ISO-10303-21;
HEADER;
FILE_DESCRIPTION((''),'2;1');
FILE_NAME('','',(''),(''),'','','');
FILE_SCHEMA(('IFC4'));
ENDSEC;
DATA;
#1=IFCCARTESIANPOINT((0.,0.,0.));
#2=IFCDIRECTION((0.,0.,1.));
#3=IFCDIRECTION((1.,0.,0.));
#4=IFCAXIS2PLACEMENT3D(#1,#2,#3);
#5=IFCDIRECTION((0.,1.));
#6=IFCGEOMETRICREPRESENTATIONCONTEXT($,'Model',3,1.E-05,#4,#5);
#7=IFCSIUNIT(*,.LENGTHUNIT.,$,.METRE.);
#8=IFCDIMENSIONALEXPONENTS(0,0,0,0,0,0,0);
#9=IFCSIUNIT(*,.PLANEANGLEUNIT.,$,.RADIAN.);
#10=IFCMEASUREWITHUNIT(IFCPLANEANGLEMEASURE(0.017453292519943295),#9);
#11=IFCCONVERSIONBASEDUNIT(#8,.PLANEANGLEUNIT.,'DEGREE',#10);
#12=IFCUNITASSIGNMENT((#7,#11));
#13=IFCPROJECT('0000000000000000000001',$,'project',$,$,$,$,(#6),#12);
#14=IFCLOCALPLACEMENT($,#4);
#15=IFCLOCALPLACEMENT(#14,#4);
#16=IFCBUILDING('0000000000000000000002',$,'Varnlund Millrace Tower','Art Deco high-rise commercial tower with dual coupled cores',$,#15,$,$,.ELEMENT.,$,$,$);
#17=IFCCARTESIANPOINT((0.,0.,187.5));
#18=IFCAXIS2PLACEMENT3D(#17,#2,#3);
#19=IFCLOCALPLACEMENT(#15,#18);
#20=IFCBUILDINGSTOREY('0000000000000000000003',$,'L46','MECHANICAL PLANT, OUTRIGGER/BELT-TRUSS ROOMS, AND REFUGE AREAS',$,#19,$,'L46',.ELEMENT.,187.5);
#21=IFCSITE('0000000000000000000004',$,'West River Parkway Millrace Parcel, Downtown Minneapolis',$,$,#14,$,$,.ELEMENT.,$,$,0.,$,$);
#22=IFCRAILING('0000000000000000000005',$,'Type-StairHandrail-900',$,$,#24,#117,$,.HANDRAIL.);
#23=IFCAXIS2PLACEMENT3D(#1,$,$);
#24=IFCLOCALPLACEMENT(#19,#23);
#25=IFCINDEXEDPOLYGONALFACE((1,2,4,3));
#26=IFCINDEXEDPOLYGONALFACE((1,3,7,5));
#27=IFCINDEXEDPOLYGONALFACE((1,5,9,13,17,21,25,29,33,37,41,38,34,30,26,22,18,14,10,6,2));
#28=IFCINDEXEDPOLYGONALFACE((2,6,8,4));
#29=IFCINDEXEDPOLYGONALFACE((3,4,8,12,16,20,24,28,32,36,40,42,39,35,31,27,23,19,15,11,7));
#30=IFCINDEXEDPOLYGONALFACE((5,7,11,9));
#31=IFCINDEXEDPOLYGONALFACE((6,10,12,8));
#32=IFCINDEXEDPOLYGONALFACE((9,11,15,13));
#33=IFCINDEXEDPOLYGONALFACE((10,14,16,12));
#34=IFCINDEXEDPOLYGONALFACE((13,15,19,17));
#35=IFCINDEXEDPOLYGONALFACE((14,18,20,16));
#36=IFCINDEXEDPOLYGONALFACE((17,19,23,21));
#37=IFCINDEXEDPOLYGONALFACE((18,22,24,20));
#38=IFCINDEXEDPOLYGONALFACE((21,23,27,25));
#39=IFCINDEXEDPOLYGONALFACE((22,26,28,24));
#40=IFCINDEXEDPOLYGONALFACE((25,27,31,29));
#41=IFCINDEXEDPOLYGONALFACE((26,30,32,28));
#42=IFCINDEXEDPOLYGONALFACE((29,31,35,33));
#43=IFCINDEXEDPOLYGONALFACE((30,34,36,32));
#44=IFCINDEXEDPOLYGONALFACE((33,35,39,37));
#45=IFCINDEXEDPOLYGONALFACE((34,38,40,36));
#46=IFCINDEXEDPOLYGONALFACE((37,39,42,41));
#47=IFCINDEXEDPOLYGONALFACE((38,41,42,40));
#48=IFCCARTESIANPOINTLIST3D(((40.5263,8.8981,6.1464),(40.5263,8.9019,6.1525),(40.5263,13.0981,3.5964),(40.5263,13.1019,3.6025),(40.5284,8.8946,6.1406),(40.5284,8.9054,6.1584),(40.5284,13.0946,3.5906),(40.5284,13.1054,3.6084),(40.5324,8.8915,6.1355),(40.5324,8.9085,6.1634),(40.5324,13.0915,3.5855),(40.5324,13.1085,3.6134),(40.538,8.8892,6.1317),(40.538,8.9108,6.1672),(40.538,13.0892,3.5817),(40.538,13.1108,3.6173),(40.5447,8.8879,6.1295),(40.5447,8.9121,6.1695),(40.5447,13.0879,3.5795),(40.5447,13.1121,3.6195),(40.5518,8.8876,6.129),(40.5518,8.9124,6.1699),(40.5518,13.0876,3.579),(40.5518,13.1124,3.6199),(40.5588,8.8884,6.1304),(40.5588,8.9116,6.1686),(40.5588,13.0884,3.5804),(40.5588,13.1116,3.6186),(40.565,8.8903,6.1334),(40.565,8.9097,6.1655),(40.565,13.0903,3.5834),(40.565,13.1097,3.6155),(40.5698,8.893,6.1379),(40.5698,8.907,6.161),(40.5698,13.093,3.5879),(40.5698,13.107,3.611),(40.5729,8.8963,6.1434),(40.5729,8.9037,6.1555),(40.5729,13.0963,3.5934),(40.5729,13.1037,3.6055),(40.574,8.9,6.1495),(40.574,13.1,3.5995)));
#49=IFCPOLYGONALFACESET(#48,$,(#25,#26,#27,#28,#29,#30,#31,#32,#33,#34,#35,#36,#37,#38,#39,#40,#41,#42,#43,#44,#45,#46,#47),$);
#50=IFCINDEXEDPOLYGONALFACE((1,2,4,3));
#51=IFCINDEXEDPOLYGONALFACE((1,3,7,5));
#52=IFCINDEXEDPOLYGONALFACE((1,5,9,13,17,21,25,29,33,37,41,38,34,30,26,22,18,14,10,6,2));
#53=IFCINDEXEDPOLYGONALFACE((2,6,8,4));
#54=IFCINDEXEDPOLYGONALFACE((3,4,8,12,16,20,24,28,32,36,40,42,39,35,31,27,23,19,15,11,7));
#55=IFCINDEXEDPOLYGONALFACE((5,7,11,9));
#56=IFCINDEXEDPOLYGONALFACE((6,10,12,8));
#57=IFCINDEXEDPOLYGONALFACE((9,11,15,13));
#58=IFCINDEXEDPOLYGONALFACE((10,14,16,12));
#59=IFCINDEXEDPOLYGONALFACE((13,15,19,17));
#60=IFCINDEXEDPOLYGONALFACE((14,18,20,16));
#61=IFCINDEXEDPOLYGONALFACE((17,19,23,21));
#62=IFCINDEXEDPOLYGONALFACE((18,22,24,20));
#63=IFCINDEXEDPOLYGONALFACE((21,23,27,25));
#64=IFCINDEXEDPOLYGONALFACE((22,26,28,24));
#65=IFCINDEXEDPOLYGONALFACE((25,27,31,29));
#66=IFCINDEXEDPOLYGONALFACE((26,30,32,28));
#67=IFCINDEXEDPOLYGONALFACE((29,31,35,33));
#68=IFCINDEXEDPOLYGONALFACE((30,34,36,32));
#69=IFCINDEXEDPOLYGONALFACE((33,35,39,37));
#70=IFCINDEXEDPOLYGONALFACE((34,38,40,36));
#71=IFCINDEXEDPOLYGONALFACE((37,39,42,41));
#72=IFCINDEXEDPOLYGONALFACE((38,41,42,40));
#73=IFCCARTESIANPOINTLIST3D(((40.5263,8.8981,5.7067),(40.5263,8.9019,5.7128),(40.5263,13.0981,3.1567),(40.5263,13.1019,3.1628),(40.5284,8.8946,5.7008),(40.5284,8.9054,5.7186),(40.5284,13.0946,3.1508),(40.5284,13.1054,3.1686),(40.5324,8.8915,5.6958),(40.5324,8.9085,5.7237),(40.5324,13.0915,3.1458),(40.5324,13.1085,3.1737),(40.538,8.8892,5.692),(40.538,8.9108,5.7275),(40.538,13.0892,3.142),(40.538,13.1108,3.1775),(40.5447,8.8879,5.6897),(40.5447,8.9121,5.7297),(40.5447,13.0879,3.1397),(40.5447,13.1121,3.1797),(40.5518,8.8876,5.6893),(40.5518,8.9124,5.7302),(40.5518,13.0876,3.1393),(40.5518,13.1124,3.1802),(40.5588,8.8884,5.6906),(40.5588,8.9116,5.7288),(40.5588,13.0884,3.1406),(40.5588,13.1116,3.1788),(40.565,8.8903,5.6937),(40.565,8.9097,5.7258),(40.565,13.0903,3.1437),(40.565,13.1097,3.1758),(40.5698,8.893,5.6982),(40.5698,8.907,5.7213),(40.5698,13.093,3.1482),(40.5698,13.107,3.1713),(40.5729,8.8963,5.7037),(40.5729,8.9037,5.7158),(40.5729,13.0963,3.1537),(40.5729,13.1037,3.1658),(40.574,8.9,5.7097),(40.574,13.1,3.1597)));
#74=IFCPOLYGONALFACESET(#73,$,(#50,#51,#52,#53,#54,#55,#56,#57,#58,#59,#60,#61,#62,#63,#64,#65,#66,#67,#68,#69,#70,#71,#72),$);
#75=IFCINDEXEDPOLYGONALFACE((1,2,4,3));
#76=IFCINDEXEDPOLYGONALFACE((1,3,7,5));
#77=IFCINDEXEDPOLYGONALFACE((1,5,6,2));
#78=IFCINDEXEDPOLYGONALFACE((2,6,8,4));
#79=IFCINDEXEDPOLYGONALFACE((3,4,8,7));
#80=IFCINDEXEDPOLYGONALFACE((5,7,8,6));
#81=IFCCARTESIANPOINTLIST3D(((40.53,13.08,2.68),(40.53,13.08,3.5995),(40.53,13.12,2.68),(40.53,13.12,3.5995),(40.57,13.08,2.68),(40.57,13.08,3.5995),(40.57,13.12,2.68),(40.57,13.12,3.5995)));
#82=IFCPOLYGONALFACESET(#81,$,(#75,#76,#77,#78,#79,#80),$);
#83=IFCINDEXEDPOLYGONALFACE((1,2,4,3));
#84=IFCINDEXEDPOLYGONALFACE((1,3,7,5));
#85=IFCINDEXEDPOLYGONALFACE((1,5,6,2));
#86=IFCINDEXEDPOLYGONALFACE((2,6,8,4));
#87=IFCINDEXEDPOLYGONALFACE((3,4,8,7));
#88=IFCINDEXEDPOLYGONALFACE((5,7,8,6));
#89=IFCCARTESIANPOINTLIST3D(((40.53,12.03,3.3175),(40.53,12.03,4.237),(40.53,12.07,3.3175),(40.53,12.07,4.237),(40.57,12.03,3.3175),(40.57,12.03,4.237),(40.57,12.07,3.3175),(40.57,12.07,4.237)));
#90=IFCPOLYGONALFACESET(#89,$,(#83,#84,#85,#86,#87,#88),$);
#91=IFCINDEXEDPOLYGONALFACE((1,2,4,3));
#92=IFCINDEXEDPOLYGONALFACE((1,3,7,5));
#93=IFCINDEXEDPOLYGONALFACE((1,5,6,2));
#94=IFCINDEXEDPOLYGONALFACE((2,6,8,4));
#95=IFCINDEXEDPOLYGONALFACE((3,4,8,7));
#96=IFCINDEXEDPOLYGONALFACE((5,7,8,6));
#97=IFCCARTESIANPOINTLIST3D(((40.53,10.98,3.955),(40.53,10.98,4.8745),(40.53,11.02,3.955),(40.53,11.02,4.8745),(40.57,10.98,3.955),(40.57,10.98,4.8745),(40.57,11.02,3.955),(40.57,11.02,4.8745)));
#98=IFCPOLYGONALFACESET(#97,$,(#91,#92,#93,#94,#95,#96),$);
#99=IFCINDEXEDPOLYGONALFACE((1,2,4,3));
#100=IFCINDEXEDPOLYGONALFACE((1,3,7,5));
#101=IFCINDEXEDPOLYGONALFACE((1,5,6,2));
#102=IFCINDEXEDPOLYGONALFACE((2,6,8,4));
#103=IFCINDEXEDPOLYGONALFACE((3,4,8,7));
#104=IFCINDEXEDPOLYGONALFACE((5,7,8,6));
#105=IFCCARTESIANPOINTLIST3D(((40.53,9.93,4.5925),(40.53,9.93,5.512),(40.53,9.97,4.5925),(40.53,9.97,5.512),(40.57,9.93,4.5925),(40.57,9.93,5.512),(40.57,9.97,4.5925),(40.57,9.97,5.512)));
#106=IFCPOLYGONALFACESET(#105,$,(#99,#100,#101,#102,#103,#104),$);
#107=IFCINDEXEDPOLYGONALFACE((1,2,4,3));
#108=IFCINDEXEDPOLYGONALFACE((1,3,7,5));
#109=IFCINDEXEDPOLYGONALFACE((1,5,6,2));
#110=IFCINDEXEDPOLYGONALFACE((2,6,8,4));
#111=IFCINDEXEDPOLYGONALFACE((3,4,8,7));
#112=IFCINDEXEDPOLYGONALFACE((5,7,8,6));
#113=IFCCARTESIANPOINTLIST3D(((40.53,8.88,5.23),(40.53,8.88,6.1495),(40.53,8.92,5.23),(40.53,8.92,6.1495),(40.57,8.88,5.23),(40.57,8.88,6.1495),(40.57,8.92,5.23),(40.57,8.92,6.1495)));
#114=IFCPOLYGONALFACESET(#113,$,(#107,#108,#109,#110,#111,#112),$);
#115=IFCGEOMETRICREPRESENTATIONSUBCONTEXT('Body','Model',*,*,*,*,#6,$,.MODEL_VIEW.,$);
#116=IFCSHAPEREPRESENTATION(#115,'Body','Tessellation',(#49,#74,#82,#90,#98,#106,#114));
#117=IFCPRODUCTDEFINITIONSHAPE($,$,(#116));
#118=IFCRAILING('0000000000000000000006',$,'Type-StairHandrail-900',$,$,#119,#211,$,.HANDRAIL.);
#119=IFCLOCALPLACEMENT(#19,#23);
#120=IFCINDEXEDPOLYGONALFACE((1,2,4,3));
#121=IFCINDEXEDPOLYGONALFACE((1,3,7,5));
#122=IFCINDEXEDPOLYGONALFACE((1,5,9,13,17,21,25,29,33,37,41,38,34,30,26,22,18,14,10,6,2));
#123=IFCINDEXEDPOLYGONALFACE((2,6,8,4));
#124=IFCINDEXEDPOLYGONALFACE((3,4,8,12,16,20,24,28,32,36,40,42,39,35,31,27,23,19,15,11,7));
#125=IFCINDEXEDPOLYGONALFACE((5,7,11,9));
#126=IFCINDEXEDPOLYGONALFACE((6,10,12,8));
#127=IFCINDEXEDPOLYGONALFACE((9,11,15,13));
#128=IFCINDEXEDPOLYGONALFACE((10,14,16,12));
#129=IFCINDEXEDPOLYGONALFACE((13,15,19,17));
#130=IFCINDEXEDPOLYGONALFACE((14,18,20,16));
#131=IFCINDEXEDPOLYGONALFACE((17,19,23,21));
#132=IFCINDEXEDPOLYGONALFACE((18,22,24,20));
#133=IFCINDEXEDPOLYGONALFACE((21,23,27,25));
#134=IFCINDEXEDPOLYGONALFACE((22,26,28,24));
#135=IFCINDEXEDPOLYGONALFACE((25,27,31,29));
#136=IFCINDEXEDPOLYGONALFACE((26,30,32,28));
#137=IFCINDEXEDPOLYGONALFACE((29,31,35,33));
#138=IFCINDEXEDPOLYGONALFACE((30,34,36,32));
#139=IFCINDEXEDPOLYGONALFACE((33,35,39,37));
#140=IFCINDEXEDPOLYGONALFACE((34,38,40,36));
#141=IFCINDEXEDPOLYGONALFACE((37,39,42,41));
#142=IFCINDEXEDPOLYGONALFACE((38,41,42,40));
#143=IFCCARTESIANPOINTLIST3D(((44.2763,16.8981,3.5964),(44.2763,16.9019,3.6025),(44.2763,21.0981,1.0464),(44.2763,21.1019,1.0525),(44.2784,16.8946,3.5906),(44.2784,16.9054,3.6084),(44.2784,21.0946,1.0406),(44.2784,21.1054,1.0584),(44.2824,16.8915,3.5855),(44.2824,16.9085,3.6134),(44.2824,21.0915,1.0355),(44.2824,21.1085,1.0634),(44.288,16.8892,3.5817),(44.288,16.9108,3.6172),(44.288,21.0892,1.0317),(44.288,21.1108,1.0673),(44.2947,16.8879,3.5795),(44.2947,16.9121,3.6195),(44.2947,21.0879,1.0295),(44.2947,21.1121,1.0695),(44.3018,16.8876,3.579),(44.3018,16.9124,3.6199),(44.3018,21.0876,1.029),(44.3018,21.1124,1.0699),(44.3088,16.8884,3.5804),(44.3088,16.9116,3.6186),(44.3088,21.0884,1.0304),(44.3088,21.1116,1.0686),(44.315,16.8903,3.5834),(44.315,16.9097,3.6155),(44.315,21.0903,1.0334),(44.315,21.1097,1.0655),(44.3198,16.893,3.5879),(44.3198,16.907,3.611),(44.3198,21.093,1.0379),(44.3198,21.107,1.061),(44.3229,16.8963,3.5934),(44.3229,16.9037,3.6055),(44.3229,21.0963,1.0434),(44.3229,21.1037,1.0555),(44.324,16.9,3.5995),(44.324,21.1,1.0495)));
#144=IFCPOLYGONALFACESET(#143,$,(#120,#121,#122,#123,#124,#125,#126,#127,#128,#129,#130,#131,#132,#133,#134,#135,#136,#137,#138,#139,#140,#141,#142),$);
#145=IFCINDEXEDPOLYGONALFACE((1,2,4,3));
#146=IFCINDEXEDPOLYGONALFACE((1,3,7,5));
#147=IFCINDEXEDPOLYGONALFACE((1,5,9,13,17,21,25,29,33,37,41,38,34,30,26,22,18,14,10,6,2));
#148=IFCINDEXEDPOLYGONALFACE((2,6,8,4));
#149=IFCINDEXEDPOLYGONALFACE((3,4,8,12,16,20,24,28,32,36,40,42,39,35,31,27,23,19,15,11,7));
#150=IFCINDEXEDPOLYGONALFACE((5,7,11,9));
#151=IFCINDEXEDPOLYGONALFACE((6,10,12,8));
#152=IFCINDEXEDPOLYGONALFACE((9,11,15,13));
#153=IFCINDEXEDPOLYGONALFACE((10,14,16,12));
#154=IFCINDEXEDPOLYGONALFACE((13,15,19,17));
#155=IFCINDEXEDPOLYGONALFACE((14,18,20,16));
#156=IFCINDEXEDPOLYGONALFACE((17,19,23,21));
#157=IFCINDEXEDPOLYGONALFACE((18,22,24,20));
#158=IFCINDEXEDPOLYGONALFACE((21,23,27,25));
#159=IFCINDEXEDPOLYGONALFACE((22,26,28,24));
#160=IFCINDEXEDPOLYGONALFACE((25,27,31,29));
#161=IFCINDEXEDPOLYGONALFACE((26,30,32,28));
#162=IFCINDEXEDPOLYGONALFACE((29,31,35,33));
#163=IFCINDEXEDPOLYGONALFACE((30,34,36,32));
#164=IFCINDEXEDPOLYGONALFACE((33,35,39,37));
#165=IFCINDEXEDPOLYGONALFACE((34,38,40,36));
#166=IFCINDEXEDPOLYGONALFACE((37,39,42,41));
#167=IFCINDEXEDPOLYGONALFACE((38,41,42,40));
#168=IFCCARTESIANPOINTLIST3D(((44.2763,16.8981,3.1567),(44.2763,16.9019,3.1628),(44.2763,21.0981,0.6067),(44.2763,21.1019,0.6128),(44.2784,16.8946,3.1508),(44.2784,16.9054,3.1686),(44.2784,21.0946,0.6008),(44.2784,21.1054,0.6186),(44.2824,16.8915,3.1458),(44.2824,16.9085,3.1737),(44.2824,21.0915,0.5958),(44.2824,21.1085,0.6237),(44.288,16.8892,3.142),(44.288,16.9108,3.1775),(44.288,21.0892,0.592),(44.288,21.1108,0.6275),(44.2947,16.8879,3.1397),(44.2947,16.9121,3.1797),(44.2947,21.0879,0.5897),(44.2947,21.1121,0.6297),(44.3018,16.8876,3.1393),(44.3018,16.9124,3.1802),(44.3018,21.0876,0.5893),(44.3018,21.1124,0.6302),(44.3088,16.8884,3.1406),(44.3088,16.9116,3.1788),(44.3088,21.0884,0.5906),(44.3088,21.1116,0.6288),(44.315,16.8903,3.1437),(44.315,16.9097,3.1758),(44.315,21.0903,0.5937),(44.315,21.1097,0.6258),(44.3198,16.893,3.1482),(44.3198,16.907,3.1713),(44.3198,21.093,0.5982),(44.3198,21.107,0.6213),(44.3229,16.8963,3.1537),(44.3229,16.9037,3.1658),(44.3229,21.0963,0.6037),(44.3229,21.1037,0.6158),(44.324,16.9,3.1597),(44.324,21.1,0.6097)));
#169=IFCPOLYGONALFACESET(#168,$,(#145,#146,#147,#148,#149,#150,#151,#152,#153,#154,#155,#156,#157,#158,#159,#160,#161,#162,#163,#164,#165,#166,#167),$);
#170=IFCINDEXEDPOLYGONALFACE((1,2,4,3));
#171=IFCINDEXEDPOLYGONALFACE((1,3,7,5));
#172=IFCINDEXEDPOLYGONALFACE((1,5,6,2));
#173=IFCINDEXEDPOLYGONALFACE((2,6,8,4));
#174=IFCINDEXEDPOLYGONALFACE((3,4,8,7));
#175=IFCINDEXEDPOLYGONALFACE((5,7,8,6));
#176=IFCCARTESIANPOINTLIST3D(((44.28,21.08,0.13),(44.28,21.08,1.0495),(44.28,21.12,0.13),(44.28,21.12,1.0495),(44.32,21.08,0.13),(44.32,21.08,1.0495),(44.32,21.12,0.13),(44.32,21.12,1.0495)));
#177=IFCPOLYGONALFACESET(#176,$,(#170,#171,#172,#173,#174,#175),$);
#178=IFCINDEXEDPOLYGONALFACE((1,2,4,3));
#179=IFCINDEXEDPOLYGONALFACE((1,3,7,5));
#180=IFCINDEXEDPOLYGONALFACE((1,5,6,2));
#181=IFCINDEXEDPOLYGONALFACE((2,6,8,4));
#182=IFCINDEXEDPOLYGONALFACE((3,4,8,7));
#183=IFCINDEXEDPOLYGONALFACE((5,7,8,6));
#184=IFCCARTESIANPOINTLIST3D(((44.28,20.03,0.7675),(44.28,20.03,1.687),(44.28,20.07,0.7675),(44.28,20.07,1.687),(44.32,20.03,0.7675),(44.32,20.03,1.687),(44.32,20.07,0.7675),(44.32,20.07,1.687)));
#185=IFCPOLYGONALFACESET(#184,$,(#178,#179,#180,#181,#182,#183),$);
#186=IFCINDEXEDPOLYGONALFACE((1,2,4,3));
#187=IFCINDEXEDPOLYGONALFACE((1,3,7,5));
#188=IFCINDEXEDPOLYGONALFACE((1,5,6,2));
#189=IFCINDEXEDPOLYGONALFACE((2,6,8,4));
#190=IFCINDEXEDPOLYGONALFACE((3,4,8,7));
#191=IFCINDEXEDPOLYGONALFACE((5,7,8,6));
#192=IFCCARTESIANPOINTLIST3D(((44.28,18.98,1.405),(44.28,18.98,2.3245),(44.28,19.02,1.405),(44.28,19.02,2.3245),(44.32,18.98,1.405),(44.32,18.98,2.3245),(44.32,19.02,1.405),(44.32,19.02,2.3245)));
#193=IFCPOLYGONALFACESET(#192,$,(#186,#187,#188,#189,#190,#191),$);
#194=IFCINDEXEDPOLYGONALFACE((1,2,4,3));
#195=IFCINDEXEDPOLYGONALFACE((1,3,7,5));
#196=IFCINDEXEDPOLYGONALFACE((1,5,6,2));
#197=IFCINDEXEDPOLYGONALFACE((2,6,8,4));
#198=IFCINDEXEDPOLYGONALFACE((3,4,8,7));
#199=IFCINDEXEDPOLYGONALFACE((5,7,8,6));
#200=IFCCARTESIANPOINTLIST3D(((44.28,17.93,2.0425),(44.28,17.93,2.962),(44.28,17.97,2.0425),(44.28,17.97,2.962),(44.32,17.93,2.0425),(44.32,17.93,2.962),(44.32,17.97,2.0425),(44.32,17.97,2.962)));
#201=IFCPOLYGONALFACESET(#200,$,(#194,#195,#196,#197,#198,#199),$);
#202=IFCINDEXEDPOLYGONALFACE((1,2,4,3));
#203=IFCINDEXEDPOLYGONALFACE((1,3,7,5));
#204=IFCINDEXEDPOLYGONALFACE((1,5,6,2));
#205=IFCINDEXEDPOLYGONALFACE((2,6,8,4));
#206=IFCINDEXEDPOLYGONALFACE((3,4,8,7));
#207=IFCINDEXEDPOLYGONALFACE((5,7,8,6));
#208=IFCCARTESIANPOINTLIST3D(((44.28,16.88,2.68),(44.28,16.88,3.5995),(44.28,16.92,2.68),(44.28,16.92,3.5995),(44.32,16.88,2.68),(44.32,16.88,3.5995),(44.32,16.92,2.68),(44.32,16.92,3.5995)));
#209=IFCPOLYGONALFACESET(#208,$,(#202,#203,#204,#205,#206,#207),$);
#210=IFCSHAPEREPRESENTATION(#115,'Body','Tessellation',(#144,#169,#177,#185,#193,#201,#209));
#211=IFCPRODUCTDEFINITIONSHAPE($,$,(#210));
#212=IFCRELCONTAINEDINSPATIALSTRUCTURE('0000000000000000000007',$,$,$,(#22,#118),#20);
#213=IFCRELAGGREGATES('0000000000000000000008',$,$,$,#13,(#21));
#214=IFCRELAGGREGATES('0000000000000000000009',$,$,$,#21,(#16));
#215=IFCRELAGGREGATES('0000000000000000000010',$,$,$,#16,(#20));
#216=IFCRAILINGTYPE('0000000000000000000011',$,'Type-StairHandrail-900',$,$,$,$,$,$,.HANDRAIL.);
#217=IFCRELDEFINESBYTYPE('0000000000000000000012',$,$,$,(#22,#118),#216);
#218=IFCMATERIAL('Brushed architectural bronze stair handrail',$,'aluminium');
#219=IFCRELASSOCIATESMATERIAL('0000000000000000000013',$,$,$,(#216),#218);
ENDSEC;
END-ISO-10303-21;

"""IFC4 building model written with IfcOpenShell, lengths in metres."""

from ifc_helpers import new_model, entity, si_unit, converted_unit, direction, frame, origin_with_axes, origin_2d_with_axis, place, context, subcontext, project, spatial, rectangle, circle, extrude, material, type_object, element, save


model = new_model("IFC4")

# Units and contexts
model_context = context("Model", 3, precision=1e-05, world=origin_with_axes(), true_north=direction((0.0, 1.0)))
body_context = subcontext(model_context, "Body", "Model", "MODEL_VIEW")
ifc_project = project(units=[si_unit("LENGTHUNIT", "METRE"), converted_unit("PLANEANGLEUNIT", "DEGREE", entity("IfcPlaneAngleMeasure", 0.017453292519943295), si_unit("PLANEANGLEUNIT", "RADIAN"), dimensions=[0, 0, 0, 0, 0, 0, 0])], contexts=[model_context])

# Site, building, storey
site_placement = place(None, origin_with_axes())
site = spatial("IfcSite", under=ifc_project, at=site_placement, Name="West River Parkway Millrace Parcel, Downtown Minneapolis", CompositionType="ELEMENT", RefElevation=0.0)
building_placement = place(site_placement, origin_with_axes())
building = spatial("IfcBuilding", under=site, at=building_placement, Name="Varnlund Millrace Tower", Description="Art Deco high-rise commercial tower with dual coupled cores", CompositionType="ELEMENT")
storey_placement = place(building_placement, frame((0.0, 0.0, 187.5), z_axis=(0.0, 0.0, 1.0), x_axis=(1.0, 0.0, 0.0)))
storey = spatial("IfcBuildingStorey", under=building, at=storey_placement, Name="L46", Description="MECHANICAL PLANT, OUTRIGGER/BELT-TRUSS ROOMS, AND REFUGE AREAS", LongName="L46", CompositionType="ELEMENT", Elevation=187.5)

# Railings
ifc_material_1 = material(Name="Brushed architectural bronze stair handrail", Category="aluminium")
railing_type_1 = type_object("IfcRailingType", Name="Type-StairHandrail-900", PredefinedType="HANDRAIL", material=ifc_material_1)
railing_1_placement = place(storey_placement, frame((0.0, 0.0, -187.5), z_axis=(0.0, 0.0, 1.0), x_axis=(1.0, 0.0, 0.0)))
element("IfcRailing", 1, at=railing_1_placement, inside=storey, type_object=railing_type_1, Name="Type-StairHandrail-900", PredefinedType="HANDRAIL", context=body_context, shape_type="SweptSolid", body=[
    extrude(circle(Radius=0.024, at=origin_2d_with_axis()), frame((40.55, 13.1, 191.0995), z_axis=(0.0, -0.854788, 0.518978), x_axis=(1.0, 0.0, 0.0)), (0.0, 0.0, 1.0), 4.9135),
    extrude(circle(Radius=0.024, at=origin_2d_with_axis()), frame((40.55, 13.1, 190.6597), z_axis=(0.0, -0.854788, 0.518978), x_axis=(1.0, 0.0, 0.0)), (0.0, 0.0, 1.0), 4.9135),
    extrude(rectangle(XDim=0.04, YDim=0.04, at=origin_2d_with_axis()), frame((40.55, 13.1, 190.18), z_axis=(0.0, 0.0, 1.0), x_axis=(1.0, 0.0, 0.0)), (0.0, 0.0, 1.0), 0.9195),
    extrude(rectangle(XDim=0.04, YDim=0.04, at=origin_2d_with_axis()), frame((40.55, 12.05, 190.8175), z_axis=(0.0, 0.0, 1.0), x_axis=(1.0, 0.0, 0.0)), (0.0, 0.0, 1.0), 0.9195),
    extrude(rectangle(XDim=0.04, YDim=0.04, at=origin_2d_with_axis()), frame((40.55, 11.0, 191.455), z_axis=(0.0, 0.0, 1.0), x_axis=(1.0, 0.0, 0.0)), (0.0, 0.0, 1.0), 0.9195),
    extrude(rectangle(XDim=0.04, YDim=0.04, at=origin_2d_with_axis()), frame((40.55, 9.95, 192.0925), z_axis=(0.0, 0.0, 1.0), x_axis=(1.0, 0.0, 0.0)), (0.0, 0.0, 1.0), 0.9195),
    extrude(rectangle(XDim=0.04, YDim=0.04, at=origin_2d_with_axis()), frame((40.55, 8.9, 192.73), z_axis=(0.0, 0.0, 1.0), x_axis=(1.0, 0.0, 0.0)), (0.0, 0.0, 1.0), 0.9195),
])
railing_2_placement = place(storey_placement, frame((0.0, 0.0, -187.5), z_axis=(0.0, 0.0, 1.0), x_axis=(1.0, 0.0, 0.0)))
element("IfcRailing", 2, at=railing_2_placement, inside=storey, type_object=railing_type_1, Name="Type-StairHandrail-900", PredefinedType="HANDRAIL", context=body_context, shape_type="SweptSolid", body=[
    extrude(circle(Radius=0.024, at=origin_2d_with_axis()), frame((44.3, 21.1, 188.5495), z_axis=(0.0, -0.854788, 0.518978), x_axis=(1.0, 0.0, 0.0)), (0.0, 0.0, 1.0), 4.9135),
    extrude(circle(Radius=0.024, at=origin_2d_with_axis()), frame((44.3, 21.1, 188.1097), z_axis=(0.0, -0.854788, 0.518978), x_axis=(1.0, 0.0, 0.0)), (0.0, 0.0, 1.0), 4.9135),
    extrude(rectangle(XDim=0.04, YDim=0.04, at=origin_2d_with_axis()), frame((44.3, 21.1, 187.63), z_axis=(0.0, 0.0, 1.0), x_axis=(1.0, 0.0, 0.0)), (0.0, 0.0, 1.0), 0.9195),
    extrude(rectangle(XDim=0.04, YDim=0.04, at=origin_2d_with_axis()), frame((44.3, 20.05, 188.2675), z_axis=(0.0, 0.0, 1.0), x_axis=(1.0, 0.0, 0.0)), (0.0, 0.0, 1.0), 0.9195),
    extrude(rectangle(XDim=0.04, YDim=0.04, at=origin_2d_with_axis()), frame((44.3, 19.0, 188.905), z_axis=(0.0, 0.0, 1.0), x_axis=(1.0, 0.0, 0.0)), (0.0, 0.0, 1.0), 0.9195),
    extrude(rectangle(XDim=0.04, YDim=0.04, at=origin_2d_with_axis()), frame((44.3, 17.95, 189.5425), z_axis=(0.0, 0.0, 1.0), x_axis=(1.0, 0.0, 0.0)), (0.0, 0.0, 1.0), 0.9195),
    extrude(rectangle(XDim=0.04, YDim=0.04, at=origin_2d_with_axis()), frame((44.3, 16.9, 190.18), z_axis=(0.0, 0.0, 1.0), x_axis=(1.0, 0.0, 0.0)), (0.0, 0.0, 1.0), 0.9195),
])

save(model, "model.ifc")
